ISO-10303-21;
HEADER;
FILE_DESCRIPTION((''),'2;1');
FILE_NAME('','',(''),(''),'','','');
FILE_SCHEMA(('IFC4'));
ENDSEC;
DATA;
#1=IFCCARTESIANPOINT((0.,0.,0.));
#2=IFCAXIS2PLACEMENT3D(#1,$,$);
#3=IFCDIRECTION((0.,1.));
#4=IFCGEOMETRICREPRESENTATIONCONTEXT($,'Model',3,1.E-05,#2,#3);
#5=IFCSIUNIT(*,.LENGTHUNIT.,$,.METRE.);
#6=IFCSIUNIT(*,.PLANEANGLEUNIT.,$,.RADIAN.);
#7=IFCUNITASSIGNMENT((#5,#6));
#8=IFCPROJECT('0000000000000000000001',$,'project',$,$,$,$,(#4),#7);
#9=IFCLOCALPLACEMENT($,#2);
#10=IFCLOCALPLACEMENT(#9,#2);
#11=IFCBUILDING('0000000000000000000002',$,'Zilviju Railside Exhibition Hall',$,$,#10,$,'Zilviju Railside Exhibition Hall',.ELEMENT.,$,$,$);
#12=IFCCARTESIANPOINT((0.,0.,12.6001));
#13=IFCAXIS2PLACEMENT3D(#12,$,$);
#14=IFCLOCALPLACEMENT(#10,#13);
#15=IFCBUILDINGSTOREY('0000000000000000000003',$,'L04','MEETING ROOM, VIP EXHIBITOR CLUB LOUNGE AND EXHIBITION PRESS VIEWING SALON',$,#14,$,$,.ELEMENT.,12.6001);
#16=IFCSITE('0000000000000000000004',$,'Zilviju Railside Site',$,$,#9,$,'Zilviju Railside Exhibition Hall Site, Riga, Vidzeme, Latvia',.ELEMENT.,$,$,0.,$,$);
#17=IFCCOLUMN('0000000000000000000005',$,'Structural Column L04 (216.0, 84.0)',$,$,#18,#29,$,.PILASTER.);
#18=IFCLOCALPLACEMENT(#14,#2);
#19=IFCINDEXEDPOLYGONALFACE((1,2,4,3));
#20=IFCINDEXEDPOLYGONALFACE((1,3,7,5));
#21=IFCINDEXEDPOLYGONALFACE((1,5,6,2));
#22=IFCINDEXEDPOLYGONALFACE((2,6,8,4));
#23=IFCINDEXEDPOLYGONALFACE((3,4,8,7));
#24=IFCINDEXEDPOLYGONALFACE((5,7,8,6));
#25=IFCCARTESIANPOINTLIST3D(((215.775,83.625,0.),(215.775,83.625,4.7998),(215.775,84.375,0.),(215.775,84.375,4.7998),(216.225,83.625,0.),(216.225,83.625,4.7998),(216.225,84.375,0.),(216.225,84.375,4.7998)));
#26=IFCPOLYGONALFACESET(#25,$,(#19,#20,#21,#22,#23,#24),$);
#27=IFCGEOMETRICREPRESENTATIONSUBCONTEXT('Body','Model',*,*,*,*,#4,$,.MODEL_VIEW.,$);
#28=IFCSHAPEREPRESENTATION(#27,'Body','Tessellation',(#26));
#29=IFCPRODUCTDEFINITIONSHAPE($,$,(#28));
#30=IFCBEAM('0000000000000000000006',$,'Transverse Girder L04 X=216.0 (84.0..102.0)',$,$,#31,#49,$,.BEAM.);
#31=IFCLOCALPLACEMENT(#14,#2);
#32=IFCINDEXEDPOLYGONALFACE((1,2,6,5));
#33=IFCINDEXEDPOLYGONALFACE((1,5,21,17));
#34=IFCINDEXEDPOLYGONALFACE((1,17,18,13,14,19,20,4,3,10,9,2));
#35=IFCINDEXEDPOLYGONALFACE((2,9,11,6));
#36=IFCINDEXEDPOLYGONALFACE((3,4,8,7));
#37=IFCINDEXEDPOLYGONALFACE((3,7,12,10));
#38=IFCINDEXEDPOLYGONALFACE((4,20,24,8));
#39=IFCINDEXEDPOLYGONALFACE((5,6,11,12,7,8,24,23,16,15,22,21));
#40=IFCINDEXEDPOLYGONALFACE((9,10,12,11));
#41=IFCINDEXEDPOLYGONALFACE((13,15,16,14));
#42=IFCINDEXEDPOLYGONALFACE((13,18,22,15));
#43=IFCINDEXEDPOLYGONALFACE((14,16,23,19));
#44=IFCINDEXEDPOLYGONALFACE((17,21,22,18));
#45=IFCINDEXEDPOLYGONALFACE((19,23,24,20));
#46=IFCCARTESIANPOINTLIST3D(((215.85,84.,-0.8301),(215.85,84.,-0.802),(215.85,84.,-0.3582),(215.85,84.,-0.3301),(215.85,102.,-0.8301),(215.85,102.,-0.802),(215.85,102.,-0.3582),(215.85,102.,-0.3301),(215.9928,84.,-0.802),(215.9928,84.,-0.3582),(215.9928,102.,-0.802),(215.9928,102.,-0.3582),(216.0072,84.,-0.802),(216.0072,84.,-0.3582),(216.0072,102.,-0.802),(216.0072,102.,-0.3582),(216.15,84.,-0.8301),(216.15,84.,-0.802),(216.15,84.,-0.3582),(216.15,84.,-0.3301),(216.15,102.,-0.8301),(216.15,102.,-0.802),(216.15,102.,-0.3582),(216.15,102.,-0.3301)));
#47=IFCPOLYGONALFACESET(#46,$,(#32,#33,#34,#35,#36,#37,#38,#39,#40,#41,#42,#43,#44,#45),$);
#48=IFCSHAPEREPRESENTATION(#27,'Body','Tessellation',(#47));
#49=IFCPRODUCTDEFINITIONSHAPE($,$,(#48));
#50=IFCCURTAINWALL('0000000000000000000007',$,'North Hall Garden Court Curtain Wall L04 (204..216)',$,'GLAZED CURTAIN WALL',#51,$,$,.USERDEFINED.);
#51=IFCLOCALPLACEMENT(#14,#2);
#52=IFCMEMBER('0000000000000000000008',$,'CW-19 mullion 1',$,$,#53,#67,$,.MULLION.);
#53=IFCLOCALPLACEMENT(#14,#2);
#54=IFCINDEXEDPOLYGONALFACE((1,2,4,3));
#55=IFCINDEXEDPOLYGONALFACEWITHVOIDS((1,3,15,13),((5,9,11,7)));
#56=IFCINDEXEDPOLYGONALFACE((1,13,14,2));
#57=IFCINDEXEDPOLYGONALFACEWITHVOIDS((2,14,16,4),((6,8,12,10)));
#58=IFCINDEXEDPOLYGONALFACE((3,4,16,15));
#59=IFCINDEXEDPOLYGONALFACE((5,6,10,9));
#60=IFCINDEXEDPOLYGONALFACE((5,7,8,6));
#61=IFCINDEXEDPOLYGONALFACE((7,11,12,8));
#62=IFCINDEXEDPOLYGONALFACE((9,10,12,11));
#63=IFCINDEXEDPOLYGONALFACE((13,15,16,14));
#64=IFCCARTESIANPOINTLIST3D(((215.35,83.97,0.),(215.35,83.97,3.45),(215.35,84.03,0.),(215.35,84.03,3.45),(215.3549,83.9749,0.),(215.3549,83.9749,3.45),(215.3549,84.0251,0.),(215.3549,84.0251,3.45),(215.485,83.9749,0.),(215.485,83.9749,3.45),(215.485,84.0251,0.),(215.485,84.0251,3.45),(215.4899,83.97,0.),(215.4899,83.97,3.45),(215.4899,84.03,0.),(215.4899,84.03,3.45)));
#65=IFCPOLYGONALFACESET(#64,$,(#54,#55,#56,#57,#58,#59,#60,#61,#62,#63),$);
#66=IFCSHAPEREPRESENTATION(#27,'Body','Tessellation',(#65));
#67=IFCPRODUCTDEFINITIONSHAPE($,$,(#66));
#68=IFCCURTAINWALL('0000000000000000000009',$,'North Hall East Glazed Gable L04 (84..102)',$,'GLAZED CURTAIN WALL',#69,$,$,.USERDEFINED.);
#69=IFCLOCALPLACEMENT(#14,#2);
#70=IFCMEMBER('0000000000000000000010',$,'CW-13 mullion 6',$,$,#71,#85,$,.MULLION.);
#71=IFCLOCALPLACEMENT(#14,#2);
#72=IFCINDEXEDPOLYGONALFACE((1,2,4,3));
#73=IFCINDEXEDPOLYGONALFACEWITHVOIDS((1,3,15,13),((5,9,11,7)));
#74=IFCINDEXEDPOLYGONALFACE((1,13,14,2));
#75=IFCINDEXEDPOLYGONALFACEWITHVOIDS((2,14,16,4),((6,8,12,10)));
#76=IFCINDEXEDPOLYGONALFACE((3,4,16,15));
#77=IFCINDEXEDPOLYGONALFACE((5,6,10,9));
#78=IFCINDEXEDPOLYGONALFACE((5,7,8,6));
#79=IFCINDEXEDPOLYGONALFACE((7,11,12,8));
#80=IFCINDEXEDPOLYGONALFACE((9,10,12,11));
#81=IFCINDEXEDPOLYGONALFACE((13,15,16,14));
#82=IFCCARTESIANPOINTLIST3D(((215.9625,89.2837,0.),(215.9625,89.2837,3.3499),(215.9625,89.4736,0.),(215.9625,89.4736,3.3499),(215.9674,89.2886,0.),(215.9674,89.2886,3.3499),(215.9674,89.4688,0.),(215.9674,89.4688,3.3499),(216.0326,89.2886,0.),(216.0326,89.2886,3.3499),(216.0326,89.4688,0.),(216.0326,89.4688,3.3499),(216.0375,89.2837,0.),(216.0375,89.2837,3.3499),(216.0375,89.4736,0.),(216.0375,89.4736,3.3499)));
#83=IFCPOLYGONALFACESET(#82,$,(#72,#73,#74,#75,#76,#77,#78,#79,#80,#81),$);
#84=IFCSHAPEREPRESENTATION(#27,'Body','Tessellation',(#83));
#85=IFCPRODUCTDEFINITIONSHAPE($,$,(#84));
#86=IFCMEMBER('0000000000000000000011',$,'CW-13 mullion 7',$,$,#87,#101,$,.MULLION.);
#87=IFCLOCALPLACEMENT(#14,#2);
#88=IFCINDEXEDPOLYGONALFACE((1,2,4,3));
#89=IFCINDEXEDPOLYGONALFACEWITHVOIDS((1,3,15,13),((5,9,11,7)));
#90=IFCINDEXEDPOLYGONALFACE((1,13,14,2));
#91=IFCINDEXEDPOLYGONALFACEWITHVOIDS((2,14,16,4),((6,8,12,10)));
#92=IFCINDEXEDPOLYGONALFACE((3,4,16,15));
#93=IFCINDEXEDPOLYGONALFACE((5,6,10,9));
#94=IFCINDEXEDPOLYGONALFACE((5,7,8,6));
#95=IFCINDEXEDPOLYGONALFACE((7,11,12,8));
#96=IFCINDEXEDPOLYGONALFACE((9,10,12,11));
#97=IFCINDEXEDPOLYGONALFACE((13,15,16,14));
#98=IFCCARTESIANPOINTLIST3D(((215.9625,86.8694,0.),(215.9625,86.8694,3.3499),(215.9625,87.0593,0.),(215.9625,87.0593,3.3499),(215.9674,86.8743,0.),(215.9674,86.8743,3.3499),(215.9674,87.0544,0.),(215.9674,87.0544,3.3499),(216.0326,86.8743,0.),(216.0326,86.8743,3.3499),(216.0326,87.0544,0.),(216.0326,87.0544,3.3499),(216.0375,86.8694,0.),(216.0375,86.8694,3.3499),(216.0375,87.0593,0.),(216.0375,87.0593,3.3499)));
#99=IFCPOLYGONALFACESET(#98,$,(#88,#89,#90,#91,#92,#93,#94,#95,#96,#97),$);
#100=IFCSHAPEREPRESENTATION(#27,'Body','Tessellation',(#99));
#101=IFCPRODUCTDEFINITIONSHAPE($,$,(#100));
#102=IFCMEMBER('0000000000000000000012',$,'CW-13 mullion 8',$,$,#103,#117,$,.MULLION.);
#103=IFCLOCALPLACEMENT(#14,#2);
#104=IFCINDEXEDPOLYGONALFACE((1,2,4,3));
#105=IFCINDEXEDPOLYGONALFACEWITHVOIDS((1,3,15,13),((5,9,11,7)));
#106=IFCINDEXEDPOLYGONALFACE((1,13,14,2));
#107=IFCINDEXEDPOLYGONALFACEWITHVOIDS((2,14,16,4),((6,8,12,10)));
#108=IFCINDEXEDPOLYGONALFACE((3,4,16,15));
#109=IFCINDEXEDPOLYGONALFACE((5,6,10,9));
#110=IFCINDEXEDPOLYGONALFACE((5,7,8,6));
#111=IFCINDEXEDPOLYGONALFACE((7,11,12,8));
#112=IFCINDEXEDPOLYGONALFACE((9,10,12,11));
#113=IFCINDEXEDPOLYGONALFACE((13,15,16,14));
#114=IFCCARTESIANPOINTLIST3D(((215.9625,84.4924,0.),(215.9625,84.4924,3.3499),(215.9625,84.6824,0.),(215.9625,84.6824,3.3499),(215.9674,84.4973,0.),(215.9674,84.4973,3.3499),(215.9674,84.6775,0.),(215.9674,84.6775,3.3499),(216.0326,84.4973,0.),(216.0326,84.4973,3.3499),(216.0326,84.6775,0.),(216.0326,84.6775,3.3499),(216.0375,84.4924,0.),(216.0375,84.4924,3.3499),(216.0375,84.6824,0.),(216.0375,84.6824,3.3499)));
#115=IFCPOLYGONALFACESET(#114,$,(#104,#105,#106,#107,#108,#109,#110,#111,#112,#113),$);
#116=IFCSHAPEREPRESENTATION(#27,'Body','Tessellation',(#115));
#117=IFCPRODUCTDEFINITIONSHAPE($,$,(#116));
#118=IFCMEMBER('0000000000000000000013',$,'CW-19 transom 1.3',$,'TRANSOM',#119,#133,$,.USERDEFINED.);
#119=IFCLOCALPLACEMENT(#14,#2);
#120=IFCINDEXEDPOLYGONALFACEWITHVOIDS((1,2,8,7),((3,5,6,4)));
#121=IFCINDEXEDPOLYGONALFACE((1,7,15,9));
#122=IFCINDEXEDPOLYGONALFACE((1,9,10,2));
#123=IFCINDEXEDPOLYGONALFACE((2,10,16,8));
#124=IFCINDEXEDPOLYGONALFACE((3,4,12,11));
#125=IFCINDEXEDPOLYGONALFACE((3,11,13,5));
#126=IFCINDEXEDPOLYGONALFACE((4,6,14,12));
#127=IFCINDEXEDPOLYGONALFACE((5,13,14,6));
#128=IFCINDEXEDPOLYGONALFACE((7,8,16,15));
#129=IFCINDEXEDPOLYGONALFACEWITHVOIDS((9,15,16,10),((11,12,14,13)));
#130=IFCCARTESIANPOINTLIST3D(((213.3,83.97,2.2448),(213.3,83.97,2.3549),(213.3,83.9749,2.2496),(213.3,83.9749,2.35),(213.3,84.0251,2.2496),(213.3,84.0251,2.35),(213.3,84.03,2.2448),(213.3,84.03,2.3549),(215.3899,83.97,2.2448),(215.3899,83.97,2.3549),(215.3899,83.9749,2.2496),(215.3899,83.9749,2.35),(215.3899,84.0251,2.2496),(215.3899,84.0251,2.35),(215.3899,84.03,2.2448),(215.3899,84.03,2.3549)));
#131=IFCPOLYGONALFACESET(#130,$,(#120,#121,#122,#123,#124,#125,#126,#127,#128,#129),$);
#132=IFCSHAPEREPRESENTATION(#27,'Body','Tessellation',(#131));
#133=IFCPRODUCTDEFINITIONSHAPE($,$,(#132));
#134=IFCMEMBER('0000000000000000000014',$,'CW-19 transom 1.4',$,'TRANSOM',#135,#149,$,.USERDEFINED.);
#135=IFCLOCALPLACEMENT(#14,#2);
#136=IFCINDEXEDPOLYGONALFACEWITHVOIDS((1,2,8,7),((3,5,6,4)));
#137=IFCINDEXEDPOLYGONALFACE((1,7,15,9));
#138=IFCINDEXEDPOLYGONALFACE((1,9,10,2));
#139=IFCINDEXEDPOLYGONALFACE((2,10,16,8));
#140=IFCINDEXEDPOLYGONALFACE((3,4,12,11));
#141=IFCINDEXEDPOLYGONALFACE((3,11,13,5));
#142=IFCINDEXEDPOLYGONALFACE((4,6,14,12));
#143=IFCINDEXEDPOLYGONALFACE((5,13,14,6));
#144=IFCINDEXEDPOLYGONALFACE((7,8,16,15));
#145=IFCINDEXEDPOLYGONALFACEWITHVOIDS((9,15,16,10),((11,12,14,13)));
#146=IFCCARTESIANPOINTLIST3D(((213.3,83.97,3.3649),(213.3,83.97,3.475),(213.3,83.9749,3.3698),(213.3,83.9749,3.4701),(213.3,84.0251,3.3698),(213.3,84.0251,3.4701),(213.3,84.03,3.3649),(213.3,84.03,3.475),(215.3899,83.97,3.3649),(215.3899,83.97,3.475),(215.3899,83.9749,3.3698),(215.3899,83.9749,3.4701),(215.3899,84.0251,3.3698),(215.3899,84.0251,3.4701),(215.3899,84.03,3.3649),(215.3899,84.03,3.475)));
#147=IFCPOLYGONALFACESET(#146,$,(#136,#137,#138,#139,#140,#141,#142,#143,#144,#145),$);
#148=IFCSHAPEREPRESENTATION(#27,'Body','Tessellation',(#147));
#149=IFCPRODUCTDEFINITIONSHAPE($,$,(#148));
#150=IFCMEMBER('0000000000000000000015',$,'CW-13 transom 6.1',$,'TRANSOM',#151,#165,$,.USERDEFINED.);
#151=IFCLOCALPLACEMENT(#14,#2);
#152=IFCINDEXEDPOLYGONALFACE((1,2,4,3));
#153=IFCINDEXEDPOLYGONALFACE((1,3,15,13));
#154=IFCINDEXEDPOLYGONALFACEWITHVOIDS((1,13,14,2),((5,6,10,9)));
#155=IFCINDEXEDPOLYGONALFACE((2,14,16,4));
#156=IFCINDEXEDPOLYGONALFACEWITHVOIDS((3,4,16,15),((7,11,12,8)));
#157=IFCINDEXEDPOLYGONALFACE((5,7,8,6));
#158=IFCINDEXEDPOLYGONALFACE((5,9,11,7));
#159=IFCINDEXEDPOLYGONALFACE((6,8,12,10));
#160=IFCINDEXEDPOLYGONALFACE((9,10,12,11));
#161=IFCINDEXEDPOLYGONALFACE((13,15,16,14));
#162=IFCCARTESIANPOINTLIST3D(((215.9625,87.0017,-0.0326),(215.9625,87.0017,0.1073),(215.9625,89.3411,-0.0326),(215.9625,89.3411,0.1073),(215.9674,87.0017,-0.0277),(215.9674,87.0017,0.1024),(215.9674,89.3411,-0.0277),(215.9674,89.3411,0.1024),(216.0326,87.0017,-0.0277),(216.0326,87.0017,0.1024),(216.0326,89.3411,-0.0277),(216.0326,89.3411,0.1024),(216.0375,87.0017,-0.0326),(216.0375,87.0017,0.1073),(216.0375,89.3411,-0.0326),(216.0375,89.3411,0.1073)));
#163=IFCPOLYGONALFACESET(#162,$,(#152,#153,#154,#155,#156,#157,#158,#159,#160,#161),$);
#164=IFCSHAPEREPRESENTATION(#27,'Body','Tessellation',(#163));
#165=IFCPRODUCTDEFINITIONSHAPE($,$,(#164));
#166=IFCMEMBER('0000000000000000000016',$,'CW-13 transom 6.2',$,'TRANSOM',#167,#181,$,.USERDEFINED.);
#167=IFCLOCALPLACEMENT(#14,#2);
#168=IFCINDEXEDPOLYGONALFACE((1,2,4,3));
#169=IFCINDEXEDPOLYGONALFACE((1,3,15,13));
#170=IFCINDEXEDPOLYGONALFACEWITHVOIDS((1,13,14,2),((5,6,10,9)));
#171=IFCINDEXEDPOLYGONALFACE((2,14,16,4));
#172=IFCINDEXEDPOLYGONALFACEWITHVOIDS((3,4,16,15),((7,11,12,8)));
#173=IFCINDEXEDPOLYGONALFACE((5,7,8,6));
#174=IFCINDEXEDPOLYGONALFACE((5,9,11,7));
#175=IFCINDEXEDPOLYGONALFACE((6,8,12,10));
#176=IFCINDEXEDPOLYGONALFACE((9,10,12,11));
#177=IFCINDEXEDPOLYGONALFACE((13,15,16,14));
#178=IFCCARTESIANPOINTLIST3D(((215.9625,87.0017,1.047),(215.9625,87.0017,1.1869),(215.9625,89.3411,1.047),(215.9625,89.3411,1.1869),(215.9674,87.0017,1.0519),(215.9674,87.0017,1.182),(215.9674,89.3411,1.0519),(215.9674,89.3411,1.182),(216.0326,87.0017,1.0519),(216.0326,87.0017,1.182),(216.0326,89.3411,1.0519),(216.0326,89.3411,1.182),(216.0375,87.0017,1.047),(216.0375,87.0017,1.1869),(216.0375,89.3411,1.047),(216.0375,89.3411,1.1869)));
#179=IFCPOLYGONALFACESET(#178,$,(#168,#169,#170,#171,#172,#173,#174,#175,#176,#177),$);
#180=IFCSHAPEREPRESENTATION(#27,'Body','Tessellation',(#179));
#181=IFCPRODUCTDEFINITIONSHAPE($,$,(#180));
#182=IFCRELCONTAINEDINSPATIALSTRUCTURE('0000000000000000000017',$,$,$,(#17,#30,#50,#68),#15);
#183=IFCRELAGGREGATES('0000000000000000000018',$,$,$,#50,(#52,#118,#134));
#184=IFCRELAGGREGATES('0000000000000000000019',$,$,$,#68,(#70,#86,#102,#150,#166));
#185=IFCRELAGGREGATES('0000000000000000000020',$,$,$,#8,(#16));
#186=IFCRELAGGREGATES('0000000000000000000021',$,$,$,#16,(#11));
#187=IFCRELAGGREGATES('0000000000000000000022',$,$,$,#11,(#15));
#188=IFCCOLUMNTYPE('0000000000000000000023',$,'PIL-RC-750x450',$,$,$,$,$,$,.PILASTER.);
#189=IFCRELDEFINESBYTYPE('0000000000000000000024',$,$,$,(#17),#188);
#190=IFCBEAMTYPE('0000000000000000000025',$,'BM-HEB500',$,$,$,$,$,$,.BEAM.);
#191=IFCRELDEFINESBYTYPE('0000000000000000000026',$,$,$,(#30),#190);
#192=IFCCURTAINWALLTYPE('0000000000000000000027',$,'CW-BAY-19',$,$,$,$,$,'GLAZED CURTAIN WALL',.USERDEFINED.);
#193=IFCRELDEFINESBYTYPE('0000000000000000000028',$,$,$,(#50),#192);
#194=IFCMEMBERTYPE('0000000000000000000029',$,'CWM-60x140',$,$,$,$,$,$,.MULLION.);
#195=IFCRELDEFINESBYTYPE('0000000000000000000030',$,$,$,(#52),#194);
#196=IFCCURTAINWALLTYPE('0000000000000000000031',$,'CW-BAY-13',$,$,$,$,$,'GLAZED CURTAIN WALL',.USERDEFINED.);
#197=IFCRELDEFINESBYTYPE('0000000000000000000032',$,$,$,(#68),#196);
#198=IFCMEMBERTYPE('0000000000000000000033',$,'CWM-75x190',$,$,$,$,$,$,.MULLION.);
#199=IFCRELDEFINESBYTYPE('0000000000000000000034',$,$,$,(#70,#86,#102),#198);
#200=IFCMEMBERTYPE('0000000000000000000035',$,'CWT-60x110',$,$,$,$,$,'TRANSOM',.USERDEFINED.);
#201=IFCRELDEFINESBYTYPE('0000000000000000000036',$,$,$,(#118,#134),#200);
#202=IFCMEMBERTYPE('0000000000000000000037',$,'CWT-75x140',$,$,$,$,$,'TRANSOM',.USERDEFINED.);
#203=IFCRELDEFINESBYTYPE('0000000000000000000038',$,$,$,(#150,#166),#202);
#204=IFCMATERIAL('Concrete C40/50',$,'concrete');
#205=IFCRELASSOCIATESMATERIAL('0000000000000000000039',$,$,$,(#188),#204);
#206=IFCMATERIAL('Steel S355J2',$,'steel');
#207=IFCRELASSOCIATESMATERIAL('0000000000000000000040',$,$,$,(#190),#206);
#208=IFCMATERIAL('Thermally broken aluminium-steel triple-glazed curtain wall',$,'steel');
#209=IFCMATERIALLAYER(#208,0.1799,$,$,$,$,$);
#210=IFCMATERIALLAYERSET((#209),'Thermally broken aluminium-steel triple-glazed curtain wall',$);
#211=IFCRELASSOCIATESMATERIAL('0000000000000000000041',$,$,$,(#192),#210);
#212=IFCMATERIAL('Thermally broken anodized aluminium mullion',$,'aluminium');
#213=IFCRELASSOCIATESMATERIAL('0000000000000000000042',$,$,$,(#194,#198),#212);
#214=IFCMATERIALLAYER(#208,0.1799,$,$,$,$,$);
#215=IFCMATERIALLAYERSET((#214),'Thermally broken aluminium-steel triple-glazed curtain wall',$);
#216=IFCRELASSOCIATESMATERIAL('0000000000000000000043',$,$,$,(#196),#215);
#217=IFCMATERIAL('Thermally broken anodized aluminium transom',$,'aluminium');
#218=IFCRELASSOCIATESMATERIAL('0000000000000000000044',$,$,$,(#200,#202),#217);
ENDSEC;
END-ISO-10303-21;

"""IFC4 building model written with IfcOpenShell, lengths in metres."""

from ifc_helpers import new_model, si_unit, direction, frame, origin, origin_2d, place, context, subcontext, project, spatial, rectangle, hollow_rectangle, i_section, extrude, material, layer, layer_set, material_profile, profile_set, type_object, element, aggregate, save


model = new_model("IFC4")

# Units and contexts
model_context = context("Model", 3, precision=1e-05, world=origin(), true_north=direction((0.0, 1.0)))
body_context = subcontext(model_context, "Body", "Model", "MODEL_VIEW")
ifc_project = project(units=[si_unit("LENGTHUNIT", "METRE"), si_unit("PLANEANGLEUNIT", "RADIAN")], contexts=[model_context])

# Site, building, storey
site_placement = place(None, origin())
site = spatial("IfcSite", under=ifc_project, at=site_placement, Name="Zilviju Railside Site", LongName="Zilviju Railside Exhibition Hall Site, Riga, Vidzeme, Latvia", CompositionType="ELEMENT", RefElevation=0.0)
building_placement = place(site_placement, origin())
building = spatial("IfcBuilding", under=site, at=building_placement, Name="Zilviju Railside Exhibition Hall", LongName="Zilviju Railside Exhibition Hall", CompositionType="ELEMENT")
storey_placement = place(building_placement, frame((0.0, 0.0, 12.6001)))
storey = spatial("IfcBuildingStorey", under=building, at=storey_placement, Name="L04", Description="MEETING ROOM, VIP EXHIBITOR CLUB LOUNGE AND EXHIBITION PRESS VIEWING SALON", CompositionType="ELEMENT", Elevation=12.6001)

# Column
ifc_material_1 = material(Name="Concrete C40/50", Category="concrete")
ifc_material_profile_1 = material_profile(ifc_material_1, rectangle(XDim=0.45, YDim=0.75, at=origin_2d()), Name="RC COL 450x750")
ifc_profile_set_1 = profile_set([ifc_material_profile_1], Name="Concrete C40/50")
column_type = type_object("IfcColumnType", Name="PIL-RC-750x450", PredefinedType="PILASTER", material=ifc_profile_set_1)
column_placement = place(storey_placement, frame((216.0, 84.0, 0.0), z_axis=(0.0, 0.0, 1.0), x_axis=(1.0, 0.0, 0.0)))
element("IfcColumn", 1, at=column_placement, inside=storey, type_object=column_type, Name="Structural Column L04 (216.0, 84.0)", PredefinedType="PILASTER", context=body_context, shape_type="SweptSolid", body=[
    extrude(rectangle(XDim=0.45, YDim=0.75, at=origin_2d()), origin(), (0.0, 0.0, 1.0), 4.7998),
])

# Beam
ifc_material_2 = material(Name="Steel S355J2", Category="steel")
ifc_material_profile_2 = material_profile(ifc_material_2, i_section(OverallWidth=0.3, OverallDepth=0.5, WebThickness=0.0144, FlangeThickness=0.0281, at=origin_2d()), Name="HEB 500")
ifc_profile_set_2 = profile_set([ifc_material_profile_2], Name="Steel S355J2")
beam_type = type_object("IfcBeamType", Name="BM-HEB500", PredefinedType="BEAM", material=ifc_profile_set_2)
beam_placement = place(storey_placement, frame((216.0, 84.0, -0.5801), z_axis=(0.0, 1.0, 0.0), x_axis=(-1.0, 0.0, 0.0)))
element("IfcBeam", 2, at=beam_placement, inside=storey, type_object=beam_type, Name="Transverse Girder L04 X=216.0 (84.0..102.0)", PredefinedType="BEAM", context=body_context, shape_type="SweptSolid", body=[
    extrude(i_section(OverallWidth=0.3, OverallDepth=0.5, WebThickness=0.0144, FlangeThickness=0.0281, at=origin_2d()), origin(), (0.0, 0.0, 1.0), 18.0),
])

# Curtain wall, member
ifc_material_3 = material(Name="Thermally broken aluminium-steel triple-glazed curtain wall", Category="steel")
ifc_layer_1 = layer(ifc_material_3, 0.1799)
ifc_layer_set_1 = layer_set([ifc_layer_1], Name="Thermally broken aluminium-steel triple-glazed curtain wall")
curtain_wall_type_1 = type_object("IfcCurtainWallType", Name="CW-BAY-19", ElementType="GLAZED CURTAIN WALL", PredefinedType="USERDEFINED", material=ifc_layer_set_1)
curtain_wall_1_placement = place(storey_placement, origin())
curtain_wall_1 = element("IfcCurtainWall", 3, at=curtain_wall_1_placement, inside=storey, type_object=curtain_wall_type_1, Name="North Hall Garden Court Curtain Wall L04 (204..216)", ObjectType="GLAZED CURTAIN WALL", PredefinedType="USERDEFINED")
ifc_material_4 = material(Name="Thermally broken anodized aluminium mullion", Category="aluminium")
ifc_material_profile_3 = material_profile(ifc_material_4, hollow_rectangle(XDim=0.0601, YDim=0.1399, WallThickness=0.0049, at=origin_2d()), Name="MULLION 140x60x5")
ifc_profile_set_3 = profile_set([ifc_material_profile_3], Name="Thermally broken anodized aluminium mullion")
member_type_1 = type_object("IfcMemberType", Name="CWM-60x140", PredefinedType="MULLION", material=ifc_profile_set_3)
member_1_placement = place(storey_placement, frame((215.4199, 84.0, 0.0), z_axis=(0.0, 0.0, 1.0), x_axis=(0.0, -1.0, 0.0)))
member_1 = element("IfcMember", 4, at=member_1_placement, type_object=member_type_1, Name="CW-19 mullion 1", PredefinedType="MULLION", context=body_context, shape_type="SweptSolid", body=[
    extrude(hollow_rectangle(XDim=0.0601, YDim=0.1399, WallThickness=0.0049, at=origin_2d()), origin(), (0.0, 0.0, 1.0), 3.45),
])

# Curtain wall, members
ifc_layer_2 = layer(ifc_material_3, 0.1799)
ifc_layer_set_2 = layer_set([ifc_layer_2], Name="Thermally broken aluminium-steel triple-glazed curtain wall")
curtain_wall_type_2 = type_object("IfcCurtainWallType", Name="CW-BAY-13", ElementType="GLAZED CURTAIN WALL", PredefinedType="USERDEFINED", material=ifc_layer_set_2)
curtain_wall_2_placement = place(storey_placement, origin())
curtain_wall_2 = element("IfcCurtainWall", 5, at=curtain_wall_2_placement, inside=storey, type_object=curtain_wall_type_2, Name="North Hall East Glazed Gable L04 (84..102)", ObjectType="GLAZED CURTAIN WALL", PredefinedType="USERDEFINED")
ifc_material_profile_4 = material_profile(ifc_material_4, hollow_rectangle(XDim=0.075, YDim=0.1899, WallThickness=0.0049, at=origin_2d()), Name="MULLION 190x75x5")
ifc_profile_set_4 = profile_set([ifc_material_profile_4], Name="Thermally broken anodized aluminium mullion")
member_type_2 = type_object("IfcMemberType", Name="CWM-75x190", PredefinedType="MULLION", material=ifc_profile_set_4)
member_2_placement = place(storey_placement, frame((216.0, 89.3787, 0.0), z_axis=(0.0, 0.0, 1.0), x_axis=(1.0, 0.0, 0.0)))
member_2 = element("IfcMember", 6, at=member_2_placement, type_object=member_type_2, Name="CW-13 mullion 6", PredefinedType="MULLION", context=body_context, shape_type="SweptSolid", body=[
    extrude(hollow_rectangle(XDim=0.075, YDim=0.1899, WallThickness=0.0049, at=origin_2d()), origin(), (0.0, 0.0, 1.0), 3.3499),
])
member_3_placement = place(storey_placement, frame((216.0, 86.9644, 0.0), z_axis=(0.0, 0.0, 1.0), x_axis=(1.0, 0.0, 0.0)))
member_3 = element("IfcMember", 7, at=member_3_placement, type_object=member_type_2, Name="CW-13 mullion 7", PredefinedType="MULLION", context=body_context, shape_type="SweptSolid", body=[
    extrude(hollow_rectangle(XDim=0.075, YDim=0.1899, WallThickness=0.0049, at=origin_2d()), origin(), (0.0, 0.0, 1.0), 3.3499),
])
member_4_placement = place(storey_placement, frame((216.0, 84.5874, 0.0), z_axis=(0.0, 0.0, 1.0), x_axis=(1.0, 0.0, 0.0)))
member_4 = element("IfcMember", 8, at=member_4_placement, type_object=member_type_2, Name="CW-13 mullion 8", PredefinedType="MULLION", context=body_context, shape_type="SweptSolid", body=[
    extrude(hollow_rectangle(XDim=0.075, YDim=0.1899, WallThickness=0.0049, at=origin_2d()), origin(), (0.0, 0.0, 1.0), 3.3499),
])

# Members
ifc_material_5 = material(Name="Thermally broken anodized aluminium transom", Category="aluminium")
ifc_material_profile_5 = material_profile(ifc_material_5, hollow_rectangle(XDim=0.0601, YDim=0.1101, WallThickness=0.0049, at=origin_2d()), Name="TRANSOM 110x60x5")
ifc_profile_set_5 = profile_set([ifc_material_profile_5], Name="Thermally broken anodized aluminium transom")
member_type_3 = type_object("IfcMemberType", Name="CWT-60x110", ElementType="TRANSOM", PredefinedType="USERDEFINED", material=ifc_profile_set_5)
member_5_placement = place(storey_placement, frame((215.3899, 84.0, 2.2998), z_axis=(-1.0, 0.0, 0.0), x_axis=(0.0, -1.0, 0.0)))
member_5 = element("IfcMember", 9, at=member_5_placement, type_object=member_type_3, Name="CW-19 transom 1.3", ObjectType="TRANSOM", PredefinedType="USERDEFINED", context=body_context, shape_type="SweptSolid", body=[
    extrude(hollow_rectangle(XDim=0.0601, YDim=0.1101, WallThickness=0.0049, at=origin_2d()), origin(), (0.0, 0.0, 1.0), 2.0898),
])
member_6_placement = place(storey_placement, frame((215.3899, 84.0, 3.4199), z_axis=(-1.0, 0.0, 0.0), x_axis=(0.0, -1.0, 0.0)))
member_6 = element("IfcMember", 10, at=member_6_placement, type_object=member_type_3, Name="CW-19 transom 1.4", ObjectType="TRANSOM", PredefinedType="USERDEFINED", context=body_context, shape_type="SweptSolid", body=[
    extrude(hollow_rectangle(XDim=0.0601, YDim=0.1101, WallThickness=0.0049, at=origin_2d()), origin(), (0.0, 0.0, 1.0), 2.0898),
])
aggregate(curtain_wall_1, [member_1, member_5, member_6])
ifc_material_profile_6 = material_profile(ifc_material_5, hollow_rectangle(XDim=0.075, YDim=0.1399, WallThickness=0.0049, at=origin_2d()), Name="TRANSOM 140x75x5")
ifc_profile_set_6 = profile_set([ifc_material_profile_6], Name="Thermally broken anodized aluminium transom")
member_type_4 = type_object("IfcMemberType", Name="CWT-75x140", ElementType="TRANSOM", PredefinedType="USERDEFINED", material=ifc_profile_set_6)
member_7_placement = place(storey_placement, frame((216.0, 89.3411, 0.0374), z_axis=(0.0, -1.0, 0.0), x_axis=(1.0, 0.0, 0.0)))
member_7 = element("IfcMember", 11, at=member_7_placement, type_object=member_type_4, Name="CW-13 transom 6.1", ObjectType="TRANSOM", PredefinedType="USERDEFINED", context=body_context, shape_type="SweptSolid", body=[
    extrude(hollow_rectangle(XDim=0.075, YDim=0.1399, WallThickness=0.0049, at=origin_2d()), origin(), (0.0, 0.0, 1.0), 2.3394),
])
member_8_placement = place(storey_placement, frame((216.0, 89.3411, 1.1169), z_axis=(0.0, -1.0, 0.0), x_axis=(1.0, 0.0, 0.0)))
member_8 = element("IfcMember", 12, at=member_8_placement, type_object=member_type_4, Name="CW-13 transom 6.2", ObjectType="TRANSOM", PredefinedType="USERDEFINED", context=body_context, shape_type="SweptSolid", body=[
    extrude(hollow_rectangle(XDim=0.075, YDim=0.1399, WallThickness=0.0049, at=origin_2d()), origin(), (0.0, 0.0, 1.0), 2.3394),
])

aggregate(curtain_wall_2, [member_2, member_3, member_4, member_7, member_8])

save(model, "model.ifc")
